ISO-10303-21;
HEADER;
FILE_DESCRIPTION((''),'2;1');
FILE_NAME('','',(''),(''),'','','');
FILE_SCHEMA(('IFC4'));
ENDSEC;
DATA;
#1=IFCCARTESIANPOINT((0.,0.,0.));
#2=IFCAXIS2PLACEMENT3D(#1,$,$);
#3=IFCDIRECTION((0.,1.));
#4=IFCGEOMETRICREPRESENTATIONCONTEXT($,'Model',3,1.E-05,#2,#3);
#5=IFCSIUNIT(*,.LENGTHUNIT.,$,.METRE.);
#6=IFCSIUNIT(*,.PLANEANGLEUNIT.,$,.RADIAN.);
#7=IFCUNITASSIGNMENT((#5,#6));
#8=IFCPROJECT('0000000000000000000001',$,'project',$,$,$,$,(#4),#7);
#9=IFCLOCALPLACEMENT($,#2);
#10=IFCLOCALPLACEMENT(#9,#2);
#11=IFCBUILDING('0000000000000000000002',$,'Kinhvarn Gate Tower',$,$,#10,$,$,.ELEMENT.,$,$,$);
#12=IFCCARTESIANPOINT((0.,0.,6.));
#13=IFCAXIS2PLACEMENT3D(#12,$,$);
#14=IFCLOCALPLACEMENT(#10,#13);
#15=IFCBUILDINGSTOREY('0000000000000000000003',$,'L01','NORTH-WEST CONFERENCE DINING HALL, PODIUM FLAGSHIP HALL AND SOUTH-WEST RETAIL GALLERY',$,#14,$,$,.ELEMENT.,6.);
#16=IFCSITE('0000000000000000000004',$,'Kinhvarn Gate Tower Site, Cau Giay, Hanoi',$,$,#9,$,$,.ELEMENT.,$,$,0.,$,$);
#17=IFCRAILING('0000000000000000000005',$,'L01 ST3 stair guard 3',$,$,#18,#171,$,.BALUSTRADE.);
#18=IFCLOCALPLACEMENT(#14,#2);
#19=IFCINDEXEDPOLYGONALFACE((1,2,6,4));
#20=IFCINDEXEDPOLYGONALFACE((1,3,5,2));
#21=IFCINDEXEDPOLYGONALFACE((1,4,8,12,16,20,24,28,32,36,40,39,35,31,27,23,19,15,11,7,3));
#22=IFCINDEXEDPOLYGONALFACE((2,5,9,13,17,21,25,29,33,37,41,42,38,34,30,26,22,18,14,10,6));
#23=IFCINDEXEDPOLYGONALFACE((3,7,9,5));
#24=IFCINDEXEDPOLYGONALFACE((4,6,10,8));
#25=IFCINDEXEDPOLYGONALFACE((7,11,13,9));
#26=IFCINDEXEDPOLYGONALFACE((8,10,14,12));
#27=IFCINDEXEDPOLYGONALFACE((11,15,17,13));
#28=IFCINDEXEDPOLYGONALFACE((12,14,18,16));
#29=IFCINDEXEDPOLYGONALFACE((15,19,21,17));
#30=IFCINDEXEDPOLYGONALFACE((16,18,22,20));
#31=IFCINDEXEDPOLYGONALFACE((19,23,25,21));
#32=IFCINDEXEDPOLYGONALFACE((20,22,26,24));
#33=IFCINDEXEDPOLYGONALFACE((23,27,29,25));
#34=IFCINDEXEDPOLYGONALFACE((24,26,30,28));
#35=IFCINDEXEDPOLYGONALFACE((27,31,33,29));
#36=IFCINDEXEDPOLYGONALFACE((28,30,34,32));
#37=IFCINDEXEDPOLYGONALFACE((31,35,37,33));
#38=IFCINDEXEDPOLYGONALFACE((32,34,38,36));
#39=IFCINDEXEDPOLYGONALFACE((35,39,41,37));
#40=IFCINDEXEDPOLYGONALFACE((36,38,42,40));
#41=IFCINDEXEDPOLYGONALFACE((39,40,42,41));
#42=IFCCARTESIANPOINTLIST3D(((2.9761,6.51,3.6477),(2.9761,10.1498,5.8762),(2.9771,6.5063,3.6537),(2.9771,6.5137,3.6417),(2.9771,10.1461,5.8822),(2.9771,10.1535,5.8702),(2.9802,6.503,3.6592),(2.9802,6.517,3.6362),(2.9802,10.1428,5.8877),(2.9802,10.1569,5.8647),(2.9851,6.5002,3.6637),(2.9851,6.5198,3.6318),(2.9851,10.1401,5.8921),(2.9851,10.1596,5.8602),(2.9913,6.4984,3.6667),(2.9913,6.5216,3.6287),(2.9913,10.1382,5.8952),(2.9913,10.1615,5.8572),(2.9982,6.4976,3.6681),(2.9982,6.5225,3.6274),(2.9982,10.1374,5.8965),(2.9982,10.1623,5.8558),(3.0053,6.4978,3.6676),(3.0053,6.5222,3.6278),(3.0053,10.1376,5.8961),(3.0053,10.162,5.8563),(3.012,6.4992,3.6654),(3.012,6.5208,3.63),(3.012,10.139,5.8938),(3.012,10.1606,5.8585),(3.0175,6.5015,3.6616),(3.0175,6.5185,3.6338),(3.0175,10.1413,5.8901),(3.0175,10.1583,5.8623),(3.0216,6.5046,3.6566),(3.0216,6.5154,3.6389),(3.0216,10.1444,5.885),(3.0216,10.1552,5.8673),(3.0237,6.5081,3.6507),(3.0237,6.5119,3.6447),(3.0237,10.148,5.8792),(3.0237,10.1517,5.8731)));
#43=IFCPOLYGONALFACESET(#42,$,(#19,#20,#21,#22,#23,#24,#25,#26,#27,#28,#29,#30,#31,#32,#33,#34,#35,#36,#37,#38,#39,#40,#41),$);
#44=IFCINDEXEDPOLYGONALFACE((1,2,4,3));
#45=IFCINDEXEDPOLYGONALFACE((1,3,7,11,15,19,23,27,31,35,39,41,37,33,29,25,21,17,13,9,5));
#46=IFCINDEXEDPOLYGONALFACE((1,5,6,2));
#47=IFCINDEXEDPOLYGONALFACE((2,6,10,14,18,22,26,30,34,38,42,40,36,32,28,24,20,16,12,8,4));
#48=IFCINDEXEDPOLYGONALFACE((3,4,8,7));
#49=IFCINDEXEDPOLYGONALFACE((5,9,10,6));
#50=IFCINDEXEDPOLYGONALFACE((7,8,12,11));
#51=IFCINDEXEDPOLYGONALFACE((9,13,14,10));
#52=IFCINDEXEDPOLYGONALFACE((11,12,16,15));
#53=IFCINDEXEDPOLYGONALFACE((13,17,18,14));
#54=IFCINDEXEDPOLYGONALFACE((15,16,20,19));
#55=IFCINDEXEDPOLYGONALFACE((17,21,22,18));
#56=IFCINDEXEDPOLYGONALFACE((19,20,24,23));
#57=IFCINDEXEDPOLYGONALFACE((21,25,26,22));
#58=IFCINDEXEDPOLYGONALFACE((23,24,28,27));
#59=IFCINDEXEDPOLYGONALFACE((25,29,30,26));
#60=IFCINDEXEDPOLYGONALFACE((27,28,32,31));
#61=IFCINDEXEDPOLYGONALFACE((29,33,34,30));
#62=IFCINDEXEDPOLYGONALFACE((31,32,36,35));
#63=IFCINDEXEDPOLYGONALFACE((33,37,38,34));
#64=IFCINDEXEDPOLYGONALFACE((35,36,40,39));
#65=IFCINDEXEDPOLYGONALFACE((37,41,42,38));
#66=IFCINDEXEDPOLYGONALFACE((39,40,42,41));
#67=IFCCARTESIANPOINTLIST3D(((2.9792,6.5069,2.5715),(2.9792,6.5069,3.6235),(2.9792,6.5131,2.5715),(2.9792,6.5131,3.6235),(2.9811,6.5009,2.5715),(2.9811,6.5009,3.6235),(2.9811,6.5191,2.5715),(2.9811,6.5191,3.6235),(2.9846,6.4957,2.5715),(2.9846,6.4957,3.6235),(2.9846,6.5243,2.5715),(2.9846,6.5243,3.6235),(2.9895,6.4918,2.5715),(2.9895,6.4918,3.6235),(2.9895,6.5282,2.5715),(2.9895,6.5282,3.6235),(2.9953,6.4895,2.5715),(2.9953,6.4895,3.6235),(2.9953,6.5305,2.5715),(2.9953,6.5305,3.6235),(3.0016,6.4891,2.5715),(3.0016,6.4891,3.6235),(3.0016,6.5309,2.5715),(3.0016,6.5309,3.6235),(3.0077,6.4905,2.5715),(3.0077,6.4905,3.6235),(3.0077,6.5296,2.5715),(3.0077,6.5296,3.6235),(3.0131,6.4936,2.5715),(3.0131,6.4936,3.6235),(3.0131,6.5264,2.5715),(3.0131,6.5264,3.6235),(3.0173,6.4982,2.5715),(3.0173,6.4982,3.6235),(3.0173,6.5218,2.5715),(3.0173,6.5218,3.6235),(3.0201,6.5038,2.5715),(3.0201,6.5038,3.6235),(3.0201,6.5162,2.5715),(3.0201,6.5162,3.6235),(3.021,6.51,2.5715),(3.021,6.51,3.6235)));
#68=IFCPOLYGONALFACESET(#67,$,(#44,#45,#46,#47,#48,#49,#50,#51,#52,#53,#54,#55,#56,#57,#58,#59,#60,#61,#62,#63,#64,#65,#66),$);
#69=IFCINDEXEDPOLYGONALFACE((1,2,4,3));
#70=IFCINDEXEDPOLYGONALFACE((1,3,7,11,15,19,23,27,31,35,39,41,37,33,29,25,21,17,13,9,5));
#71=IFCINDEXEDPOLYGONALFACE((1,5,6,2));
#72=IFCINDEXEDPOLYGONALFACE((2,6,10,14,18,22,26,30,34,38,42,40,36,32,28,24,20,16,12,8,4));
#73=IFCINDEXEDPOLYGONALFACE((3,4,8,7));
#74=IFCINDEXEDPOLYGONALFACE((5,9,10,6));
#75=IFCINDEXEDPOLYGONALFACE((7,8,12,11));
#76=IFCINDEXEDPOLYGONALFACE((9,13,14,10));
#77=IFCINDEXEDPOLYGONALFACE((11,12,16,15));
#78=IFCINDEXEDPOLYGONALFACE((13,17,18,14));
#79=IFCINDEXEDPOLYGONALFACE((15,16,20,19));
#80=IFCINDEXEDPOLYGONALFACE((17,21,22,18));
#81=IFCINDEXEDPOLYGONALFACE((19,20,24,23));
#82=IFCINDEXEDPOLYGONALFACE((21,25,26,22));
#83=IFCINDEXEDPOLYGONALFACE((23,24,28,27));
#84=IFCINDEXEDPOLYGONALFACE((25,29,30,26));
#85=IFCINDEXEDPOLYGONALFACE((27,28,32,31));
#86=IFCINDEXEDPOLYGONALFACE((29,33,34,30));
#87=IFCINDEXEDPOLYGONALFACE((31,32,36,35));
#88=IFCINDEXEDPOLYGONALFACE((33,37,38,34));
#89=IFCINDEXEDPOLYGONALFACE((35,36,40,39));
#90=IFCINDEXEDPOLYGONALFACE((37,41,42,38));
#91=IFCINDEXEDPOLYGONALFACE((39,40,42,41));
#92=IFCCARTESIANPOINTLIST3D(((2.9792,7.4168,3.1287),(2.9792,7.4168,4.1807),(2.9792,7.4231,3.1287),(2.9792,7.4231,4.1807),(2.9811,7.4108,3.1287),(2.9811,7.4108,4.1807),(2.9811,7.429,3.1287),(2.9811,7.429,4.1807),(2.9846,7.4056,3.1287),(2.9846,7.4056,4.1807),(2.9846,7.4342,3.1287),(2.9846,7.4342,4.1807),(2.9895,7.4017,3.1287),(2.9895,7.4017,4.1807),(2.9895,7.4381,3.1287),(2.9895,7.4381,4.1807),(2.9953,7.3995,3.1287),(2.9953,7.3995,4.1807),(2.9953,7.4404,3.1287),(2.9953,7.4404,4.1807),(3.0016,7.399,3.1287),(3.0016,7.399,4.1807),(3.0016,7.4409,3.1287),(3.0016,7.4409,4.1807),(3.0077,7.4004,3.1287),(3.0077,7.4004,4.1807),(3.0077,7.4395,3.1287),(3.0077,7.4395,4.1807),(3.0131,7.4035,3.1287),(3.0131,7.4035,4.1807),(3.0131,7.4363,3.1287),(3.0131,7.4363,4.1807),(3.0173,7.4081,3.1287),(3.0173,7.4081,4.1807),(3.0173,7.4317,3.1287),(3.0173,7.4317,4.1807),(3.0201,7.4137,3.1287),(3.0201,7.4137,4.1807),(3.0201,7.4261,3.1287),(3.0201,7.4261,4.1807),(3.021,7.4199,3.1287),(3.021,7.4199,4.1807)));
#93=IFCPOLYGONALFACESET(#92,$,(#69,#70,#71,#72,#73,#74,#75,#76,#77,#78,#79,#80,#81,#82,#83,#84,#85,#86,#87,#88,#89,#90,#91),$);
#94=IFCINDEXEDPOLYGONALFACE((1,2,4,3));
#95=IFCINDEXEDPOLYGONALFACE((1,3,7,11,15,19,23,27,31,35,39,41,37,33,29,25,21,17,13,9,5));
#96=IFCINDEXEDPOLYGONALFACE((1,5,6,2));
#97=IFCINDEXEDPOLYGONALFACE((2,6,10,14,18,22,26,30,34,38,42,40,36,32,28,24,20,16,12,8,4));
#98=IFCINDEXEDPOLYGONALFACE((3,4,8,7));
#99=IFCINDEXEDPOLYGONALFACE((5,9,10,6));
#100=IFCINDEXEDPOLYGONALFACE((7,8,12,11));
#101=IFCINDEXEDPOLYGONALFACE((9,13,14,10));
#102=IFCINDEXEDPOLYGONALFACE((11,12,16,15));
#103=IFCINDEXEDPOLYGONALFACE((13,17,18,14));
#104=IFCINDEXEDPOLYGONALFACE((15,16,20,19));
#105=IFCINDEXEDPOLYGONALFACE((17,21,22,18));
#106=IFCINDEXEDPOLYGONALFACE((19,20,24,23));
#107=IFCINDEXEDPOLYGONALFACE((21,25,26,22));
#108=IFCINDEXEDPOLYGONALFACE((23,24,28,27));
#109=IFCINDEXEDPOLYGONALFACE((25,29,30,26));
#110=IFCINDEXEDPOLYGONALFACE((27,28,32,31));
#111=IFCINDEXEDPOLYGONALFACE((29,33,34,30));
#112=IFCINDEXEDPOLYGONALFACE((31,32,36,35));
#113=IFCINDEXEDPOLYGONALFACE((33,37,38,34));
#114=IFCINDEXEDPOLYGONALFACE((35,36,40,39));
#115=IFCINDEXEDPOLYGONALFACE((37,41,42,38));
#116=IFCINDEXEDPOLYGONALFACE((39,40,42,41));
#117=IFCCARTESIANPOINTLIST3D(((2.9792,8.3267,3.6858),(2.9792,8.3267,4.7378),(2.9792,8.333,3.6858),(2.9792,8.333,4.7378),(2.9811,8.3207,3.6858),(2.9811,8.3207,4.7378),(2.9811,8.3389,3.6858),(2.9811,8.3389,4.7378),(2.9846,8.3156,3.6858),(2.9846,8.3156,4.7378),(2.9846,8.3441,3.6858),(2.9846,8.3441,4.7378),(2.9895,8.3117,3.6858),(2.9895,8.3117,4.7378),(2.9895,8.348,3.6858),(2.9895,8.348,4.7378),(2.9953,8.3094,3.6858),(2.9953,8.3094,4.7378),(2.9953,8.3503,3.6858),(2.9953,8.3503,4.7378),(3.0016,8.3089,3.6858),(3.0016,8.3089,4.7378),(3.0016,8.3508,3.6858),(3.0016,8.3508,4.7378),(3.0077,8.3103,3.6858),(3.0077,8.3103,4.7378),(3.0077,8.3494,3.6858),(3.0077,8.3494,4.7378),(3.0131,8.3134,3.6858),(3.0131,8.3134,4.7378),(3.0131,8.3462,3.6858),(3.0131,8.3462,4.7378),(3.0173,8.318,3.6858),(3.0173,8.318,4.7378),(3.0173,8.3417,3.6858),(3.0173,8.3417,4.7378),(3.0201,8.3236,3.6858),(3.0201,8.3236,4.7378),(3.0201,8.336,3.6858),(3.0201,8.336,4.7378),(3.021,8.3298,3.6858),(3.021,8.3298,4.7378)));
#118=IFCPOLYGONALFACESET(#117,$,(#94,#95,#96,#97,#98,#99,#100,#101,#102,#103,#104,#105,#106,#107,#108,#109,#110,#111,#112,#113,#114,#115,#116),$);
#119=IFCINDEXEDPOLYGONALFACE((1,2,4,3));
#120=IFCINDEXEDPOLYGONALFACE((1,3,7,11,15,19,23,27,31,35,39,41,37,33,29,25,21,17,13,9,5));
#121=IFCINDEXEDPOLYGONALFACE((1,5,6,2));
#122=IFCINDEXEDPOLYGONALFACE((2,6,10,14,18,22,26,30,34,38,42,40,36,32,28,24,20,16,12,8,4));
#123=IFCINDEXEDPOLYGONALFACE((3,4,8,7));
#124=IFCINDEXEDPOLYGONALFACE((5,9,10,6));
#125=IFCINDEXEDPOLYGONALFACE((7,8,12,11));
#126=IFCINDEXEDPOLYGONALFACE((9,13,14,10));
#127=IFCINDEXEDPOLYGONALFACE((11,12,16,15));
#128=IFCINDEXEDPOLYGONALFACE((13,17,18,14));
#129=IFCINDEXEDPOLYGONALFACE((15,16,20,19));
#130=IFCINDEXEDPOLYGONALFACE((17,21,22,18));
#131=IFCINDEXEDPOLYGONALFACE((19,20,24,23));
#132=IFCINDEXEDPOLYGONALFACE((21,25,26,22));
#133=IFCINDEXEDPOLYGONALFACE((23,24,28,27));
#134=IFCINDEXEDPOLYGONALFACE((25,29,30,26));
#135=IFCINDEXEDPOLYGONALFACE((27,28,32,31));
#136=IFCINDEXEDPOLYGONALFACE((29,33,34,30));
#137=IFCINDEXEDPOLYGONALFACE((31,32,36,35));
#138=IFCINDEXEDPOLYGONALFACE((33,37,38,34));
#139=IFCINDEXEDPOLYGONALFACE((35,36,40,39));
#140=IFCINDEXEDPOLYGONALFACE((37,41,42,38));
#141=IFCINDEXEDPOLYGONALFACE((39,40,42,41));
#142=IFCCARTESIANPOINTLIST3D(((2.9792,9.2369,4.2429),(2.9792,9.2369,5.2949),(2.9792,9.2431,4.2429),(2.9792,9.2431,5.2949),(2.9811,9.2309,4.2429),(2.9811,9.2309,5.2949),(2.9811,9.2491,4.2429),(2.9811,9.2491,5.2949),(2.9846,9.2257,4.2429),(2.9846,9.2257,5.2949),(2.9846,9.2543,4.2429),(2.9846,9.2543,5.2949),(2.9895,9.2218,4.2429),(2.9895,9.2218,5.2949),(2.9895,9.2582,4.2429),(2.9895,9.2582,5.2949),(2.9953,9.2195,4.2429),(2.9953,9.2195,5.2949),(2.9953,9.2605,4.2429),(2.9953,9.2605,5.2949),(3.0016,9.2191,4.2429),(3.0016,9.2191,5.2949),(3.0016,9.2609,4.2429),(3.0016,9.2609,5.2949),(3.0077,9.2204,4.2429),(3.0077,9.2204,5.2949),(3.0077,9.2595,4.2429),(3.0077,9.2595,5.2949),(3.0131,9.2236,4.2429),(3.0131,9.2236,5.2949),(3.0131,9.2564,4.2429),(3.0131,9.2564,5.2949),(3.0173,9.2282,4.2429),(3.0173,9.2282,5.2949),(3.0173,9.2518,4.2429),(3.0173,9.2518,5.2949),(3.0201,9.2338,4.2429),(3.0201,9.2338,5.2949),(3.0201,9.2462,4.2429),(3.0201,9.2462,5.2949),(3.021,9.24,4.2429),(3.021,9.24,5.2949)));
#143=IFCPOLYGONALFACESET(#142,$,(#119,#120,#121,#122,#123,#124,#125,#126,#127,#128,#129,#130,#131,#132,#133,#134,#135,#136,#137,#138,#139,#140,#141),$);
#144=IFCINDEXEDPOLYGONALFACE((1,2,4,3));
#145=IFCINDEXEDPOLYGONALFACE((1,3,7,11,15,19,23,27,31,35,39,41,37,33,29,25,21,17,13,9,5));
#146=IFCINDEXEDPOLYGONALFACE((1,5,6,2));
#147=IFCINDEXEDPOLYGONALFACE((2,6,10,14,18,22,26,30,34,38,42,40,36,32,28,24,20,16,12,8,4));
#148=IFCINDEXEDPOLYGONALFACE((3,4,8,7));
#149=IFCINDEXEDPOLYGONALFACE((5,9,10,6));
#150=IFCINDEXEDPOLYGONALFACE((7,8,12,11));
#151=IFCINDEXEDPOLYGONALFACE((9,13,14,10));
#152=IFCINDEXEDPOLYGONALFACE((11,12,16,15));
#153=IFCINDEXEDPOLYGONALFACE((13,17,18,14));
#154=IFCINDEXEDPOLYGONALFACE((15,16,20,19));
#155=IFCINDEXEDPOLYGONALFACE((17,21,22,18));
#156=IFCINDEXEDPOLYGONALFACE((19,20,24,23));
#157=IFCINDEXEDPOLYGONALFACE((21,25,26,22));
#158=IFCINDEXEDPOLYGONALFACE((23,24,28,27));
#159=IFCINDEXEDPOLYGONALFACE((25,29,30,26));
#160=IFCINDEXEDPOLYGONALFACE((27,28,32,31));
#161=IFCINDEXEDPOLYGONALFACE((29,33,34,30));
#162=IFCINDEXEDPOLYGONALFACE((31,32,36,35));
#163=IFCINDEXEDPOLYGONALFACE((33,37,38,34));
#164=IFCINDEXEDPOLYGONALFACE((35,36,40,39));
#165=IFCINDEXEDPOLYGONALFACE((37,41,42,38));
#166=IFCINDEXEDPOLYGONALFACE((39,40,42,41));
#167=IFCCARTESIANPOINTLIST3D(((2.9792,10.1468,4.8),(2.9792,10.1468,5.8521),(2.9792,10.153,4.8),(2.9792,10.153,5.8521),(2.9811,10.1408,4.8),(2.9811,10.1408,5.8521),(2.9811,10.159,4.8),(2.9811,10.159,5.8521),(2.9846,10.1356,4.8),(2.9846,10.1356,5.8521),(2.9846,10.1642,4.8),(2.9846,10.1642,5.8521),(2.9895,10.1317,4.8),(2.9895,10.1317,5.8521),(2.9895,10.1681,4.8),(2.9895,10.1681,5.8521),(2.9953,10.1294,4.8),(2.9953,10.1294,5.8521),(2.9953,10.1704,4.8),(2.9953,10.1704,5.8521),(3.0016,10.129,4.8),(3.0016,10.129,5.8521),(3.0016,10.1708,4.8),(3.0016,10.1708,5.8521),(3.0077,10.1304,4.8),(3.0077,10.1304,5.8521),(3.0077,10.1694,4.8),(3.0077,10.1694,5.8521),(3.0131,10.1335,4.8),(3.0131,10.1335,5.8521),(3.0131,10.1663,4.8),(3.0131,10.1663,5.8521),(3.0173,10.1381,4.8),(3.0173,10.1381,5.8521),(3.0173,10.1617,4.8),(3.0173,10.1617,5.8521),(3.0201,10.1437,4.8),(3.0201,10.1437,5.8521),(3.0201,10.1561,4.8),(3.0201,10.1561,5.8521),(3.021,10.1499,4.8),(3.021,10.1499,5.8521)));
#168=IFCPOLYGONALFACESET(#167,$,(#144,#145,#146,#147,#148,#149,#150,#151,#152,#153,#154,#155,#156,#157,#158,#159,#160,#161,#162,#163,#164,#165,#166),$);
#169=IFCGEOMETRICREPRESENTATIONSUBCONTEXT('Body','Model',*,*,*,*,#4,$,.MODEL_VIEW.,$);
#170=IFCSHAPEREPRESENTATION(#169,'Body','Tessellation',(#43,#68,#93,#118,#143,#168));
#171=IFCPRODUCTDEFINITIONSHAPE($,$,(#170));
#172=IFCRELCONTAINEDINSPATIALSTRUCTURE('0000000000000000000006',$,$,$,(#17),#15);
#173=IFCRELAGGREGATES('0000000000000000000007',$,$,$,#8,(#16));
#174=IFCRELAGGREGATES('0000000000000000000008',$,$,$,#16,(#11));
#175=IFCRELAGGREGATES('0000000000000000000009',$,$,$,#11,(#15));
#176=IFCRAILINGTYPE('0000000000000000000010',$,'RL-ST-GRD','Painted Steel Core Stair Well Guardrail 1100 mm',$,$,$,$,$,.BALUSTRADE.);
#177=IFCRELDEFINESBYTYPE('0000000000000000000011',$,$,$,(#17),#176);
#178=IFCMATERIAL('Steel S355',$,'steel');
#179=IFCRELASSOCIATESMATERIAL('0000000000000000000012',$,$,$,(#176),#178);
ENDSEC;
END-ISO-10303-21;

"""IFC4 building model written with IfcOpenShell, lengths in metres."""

from ifc_helpers import new_model, si_unit, direction, frame, origin, origin_2d, place, context, subcontext, project, spatial, circle, extrude, material, type_object, element, save


model = new_model("IFC4")

# Units and contexts
model_context = context("Model", 3, precision=1e-05, world=origin(), true_north=direction((0.0, 1.0)))
body_context = subcontext(model_context, "Body", "Model", "MODEL_VIEW")
ifc_project = project(units=[si_unit("LENGTHUNIT", "METRE"), si_unit("PLANEANGLEUNIT", "RADIAN")], contexts=[model_context])

# Site, building, storey
site_placement = place(None, origin())
site = spatial("IfcSite", under=ifc_project, at=site_placement, Name="Kinhvarn Gate Tower Site, Cau Giay, Hanoi", CompositionType="ELEMENT", RefElevation=0.0)
building_placement = place(site_placement, origin())
building = spatial("IfcBuilding", under=site, at=building_placement, Name="Kinhvarn Gate Tower", CompositionType="ELEMENT")
storey_placement = place(building_placement, frame((0.0, 0.0, 6.0)))
storey = spatial("IfcBuildingStorey", under=building, at=storey_placement, Name="L01", Description="NORTH-WEST CONFERENCE DINING HALL, PODIUM FLAGSHIP HALL AND SOUTH-WEST RETAIL GALLERY", CompositionType="ELEMENT", Elevation=6.0)

# Shared definitions
ifc_material_1 = material(Name="Steel S355", Category="steel")

# Railing
railing_type_1 = type_object("IfcRailingType", Name="RL-ST-GRD", Description="Painted Steel Core Stair Well Guardrail 1100 mm", PredefinedType="BALUSTRADE", material=ifc_material_1)
railing_1_placement = place(storey_placement, frame((3.0, 6.51, 2.5715)))
element("IfcRailing", 1, at=railing_1_placement, inside=storey, type_object=railing_type_1, Name="L01 ST3 stair guard 3", PredefinedType="BALUSTRADE", context=body_context, shape_type="SweptSolid", body=[
    extrude(circle(Radius=0.0239, at=origin_2d()), frame((0.0, 0.0, 1.0762), z_axis=(0.0, 0.85285, 0.522156), x_axis=(-1.0, 0.0, 0.0)), (0.0, 0.0, 1.0), 4.2678),
    extrude(circle(Radius=0.021, at=origin_2d()), origin(), (0.0, 0.0, 1.0), 1.052),
    extrude(circle(Radius=0.021, at=origin_2d()), frame((0.0, 0.9099, 0.5571)), (0.0, 0.0, 1.0), 1.052),
    extrude(circle(Radius=0.021, at=origin_2d()), frame((0.0, 1.8198, 1.1143)), (0.0, 0.0, 1.0), 1.052),
    extrude(circle(Radius=0.021, at=origin_2d()), frame((0.0, 2.73, 1.6714)), (0.0, 0.0, 1.0), 1.052),
    extrude(circle(Radius=0.021, at=origin_2d()), frame((0.0, 3.6399, 2.2285)), (0.0, 0.0, 1.0), 1.052),
])

save(model, "model.ifc")
